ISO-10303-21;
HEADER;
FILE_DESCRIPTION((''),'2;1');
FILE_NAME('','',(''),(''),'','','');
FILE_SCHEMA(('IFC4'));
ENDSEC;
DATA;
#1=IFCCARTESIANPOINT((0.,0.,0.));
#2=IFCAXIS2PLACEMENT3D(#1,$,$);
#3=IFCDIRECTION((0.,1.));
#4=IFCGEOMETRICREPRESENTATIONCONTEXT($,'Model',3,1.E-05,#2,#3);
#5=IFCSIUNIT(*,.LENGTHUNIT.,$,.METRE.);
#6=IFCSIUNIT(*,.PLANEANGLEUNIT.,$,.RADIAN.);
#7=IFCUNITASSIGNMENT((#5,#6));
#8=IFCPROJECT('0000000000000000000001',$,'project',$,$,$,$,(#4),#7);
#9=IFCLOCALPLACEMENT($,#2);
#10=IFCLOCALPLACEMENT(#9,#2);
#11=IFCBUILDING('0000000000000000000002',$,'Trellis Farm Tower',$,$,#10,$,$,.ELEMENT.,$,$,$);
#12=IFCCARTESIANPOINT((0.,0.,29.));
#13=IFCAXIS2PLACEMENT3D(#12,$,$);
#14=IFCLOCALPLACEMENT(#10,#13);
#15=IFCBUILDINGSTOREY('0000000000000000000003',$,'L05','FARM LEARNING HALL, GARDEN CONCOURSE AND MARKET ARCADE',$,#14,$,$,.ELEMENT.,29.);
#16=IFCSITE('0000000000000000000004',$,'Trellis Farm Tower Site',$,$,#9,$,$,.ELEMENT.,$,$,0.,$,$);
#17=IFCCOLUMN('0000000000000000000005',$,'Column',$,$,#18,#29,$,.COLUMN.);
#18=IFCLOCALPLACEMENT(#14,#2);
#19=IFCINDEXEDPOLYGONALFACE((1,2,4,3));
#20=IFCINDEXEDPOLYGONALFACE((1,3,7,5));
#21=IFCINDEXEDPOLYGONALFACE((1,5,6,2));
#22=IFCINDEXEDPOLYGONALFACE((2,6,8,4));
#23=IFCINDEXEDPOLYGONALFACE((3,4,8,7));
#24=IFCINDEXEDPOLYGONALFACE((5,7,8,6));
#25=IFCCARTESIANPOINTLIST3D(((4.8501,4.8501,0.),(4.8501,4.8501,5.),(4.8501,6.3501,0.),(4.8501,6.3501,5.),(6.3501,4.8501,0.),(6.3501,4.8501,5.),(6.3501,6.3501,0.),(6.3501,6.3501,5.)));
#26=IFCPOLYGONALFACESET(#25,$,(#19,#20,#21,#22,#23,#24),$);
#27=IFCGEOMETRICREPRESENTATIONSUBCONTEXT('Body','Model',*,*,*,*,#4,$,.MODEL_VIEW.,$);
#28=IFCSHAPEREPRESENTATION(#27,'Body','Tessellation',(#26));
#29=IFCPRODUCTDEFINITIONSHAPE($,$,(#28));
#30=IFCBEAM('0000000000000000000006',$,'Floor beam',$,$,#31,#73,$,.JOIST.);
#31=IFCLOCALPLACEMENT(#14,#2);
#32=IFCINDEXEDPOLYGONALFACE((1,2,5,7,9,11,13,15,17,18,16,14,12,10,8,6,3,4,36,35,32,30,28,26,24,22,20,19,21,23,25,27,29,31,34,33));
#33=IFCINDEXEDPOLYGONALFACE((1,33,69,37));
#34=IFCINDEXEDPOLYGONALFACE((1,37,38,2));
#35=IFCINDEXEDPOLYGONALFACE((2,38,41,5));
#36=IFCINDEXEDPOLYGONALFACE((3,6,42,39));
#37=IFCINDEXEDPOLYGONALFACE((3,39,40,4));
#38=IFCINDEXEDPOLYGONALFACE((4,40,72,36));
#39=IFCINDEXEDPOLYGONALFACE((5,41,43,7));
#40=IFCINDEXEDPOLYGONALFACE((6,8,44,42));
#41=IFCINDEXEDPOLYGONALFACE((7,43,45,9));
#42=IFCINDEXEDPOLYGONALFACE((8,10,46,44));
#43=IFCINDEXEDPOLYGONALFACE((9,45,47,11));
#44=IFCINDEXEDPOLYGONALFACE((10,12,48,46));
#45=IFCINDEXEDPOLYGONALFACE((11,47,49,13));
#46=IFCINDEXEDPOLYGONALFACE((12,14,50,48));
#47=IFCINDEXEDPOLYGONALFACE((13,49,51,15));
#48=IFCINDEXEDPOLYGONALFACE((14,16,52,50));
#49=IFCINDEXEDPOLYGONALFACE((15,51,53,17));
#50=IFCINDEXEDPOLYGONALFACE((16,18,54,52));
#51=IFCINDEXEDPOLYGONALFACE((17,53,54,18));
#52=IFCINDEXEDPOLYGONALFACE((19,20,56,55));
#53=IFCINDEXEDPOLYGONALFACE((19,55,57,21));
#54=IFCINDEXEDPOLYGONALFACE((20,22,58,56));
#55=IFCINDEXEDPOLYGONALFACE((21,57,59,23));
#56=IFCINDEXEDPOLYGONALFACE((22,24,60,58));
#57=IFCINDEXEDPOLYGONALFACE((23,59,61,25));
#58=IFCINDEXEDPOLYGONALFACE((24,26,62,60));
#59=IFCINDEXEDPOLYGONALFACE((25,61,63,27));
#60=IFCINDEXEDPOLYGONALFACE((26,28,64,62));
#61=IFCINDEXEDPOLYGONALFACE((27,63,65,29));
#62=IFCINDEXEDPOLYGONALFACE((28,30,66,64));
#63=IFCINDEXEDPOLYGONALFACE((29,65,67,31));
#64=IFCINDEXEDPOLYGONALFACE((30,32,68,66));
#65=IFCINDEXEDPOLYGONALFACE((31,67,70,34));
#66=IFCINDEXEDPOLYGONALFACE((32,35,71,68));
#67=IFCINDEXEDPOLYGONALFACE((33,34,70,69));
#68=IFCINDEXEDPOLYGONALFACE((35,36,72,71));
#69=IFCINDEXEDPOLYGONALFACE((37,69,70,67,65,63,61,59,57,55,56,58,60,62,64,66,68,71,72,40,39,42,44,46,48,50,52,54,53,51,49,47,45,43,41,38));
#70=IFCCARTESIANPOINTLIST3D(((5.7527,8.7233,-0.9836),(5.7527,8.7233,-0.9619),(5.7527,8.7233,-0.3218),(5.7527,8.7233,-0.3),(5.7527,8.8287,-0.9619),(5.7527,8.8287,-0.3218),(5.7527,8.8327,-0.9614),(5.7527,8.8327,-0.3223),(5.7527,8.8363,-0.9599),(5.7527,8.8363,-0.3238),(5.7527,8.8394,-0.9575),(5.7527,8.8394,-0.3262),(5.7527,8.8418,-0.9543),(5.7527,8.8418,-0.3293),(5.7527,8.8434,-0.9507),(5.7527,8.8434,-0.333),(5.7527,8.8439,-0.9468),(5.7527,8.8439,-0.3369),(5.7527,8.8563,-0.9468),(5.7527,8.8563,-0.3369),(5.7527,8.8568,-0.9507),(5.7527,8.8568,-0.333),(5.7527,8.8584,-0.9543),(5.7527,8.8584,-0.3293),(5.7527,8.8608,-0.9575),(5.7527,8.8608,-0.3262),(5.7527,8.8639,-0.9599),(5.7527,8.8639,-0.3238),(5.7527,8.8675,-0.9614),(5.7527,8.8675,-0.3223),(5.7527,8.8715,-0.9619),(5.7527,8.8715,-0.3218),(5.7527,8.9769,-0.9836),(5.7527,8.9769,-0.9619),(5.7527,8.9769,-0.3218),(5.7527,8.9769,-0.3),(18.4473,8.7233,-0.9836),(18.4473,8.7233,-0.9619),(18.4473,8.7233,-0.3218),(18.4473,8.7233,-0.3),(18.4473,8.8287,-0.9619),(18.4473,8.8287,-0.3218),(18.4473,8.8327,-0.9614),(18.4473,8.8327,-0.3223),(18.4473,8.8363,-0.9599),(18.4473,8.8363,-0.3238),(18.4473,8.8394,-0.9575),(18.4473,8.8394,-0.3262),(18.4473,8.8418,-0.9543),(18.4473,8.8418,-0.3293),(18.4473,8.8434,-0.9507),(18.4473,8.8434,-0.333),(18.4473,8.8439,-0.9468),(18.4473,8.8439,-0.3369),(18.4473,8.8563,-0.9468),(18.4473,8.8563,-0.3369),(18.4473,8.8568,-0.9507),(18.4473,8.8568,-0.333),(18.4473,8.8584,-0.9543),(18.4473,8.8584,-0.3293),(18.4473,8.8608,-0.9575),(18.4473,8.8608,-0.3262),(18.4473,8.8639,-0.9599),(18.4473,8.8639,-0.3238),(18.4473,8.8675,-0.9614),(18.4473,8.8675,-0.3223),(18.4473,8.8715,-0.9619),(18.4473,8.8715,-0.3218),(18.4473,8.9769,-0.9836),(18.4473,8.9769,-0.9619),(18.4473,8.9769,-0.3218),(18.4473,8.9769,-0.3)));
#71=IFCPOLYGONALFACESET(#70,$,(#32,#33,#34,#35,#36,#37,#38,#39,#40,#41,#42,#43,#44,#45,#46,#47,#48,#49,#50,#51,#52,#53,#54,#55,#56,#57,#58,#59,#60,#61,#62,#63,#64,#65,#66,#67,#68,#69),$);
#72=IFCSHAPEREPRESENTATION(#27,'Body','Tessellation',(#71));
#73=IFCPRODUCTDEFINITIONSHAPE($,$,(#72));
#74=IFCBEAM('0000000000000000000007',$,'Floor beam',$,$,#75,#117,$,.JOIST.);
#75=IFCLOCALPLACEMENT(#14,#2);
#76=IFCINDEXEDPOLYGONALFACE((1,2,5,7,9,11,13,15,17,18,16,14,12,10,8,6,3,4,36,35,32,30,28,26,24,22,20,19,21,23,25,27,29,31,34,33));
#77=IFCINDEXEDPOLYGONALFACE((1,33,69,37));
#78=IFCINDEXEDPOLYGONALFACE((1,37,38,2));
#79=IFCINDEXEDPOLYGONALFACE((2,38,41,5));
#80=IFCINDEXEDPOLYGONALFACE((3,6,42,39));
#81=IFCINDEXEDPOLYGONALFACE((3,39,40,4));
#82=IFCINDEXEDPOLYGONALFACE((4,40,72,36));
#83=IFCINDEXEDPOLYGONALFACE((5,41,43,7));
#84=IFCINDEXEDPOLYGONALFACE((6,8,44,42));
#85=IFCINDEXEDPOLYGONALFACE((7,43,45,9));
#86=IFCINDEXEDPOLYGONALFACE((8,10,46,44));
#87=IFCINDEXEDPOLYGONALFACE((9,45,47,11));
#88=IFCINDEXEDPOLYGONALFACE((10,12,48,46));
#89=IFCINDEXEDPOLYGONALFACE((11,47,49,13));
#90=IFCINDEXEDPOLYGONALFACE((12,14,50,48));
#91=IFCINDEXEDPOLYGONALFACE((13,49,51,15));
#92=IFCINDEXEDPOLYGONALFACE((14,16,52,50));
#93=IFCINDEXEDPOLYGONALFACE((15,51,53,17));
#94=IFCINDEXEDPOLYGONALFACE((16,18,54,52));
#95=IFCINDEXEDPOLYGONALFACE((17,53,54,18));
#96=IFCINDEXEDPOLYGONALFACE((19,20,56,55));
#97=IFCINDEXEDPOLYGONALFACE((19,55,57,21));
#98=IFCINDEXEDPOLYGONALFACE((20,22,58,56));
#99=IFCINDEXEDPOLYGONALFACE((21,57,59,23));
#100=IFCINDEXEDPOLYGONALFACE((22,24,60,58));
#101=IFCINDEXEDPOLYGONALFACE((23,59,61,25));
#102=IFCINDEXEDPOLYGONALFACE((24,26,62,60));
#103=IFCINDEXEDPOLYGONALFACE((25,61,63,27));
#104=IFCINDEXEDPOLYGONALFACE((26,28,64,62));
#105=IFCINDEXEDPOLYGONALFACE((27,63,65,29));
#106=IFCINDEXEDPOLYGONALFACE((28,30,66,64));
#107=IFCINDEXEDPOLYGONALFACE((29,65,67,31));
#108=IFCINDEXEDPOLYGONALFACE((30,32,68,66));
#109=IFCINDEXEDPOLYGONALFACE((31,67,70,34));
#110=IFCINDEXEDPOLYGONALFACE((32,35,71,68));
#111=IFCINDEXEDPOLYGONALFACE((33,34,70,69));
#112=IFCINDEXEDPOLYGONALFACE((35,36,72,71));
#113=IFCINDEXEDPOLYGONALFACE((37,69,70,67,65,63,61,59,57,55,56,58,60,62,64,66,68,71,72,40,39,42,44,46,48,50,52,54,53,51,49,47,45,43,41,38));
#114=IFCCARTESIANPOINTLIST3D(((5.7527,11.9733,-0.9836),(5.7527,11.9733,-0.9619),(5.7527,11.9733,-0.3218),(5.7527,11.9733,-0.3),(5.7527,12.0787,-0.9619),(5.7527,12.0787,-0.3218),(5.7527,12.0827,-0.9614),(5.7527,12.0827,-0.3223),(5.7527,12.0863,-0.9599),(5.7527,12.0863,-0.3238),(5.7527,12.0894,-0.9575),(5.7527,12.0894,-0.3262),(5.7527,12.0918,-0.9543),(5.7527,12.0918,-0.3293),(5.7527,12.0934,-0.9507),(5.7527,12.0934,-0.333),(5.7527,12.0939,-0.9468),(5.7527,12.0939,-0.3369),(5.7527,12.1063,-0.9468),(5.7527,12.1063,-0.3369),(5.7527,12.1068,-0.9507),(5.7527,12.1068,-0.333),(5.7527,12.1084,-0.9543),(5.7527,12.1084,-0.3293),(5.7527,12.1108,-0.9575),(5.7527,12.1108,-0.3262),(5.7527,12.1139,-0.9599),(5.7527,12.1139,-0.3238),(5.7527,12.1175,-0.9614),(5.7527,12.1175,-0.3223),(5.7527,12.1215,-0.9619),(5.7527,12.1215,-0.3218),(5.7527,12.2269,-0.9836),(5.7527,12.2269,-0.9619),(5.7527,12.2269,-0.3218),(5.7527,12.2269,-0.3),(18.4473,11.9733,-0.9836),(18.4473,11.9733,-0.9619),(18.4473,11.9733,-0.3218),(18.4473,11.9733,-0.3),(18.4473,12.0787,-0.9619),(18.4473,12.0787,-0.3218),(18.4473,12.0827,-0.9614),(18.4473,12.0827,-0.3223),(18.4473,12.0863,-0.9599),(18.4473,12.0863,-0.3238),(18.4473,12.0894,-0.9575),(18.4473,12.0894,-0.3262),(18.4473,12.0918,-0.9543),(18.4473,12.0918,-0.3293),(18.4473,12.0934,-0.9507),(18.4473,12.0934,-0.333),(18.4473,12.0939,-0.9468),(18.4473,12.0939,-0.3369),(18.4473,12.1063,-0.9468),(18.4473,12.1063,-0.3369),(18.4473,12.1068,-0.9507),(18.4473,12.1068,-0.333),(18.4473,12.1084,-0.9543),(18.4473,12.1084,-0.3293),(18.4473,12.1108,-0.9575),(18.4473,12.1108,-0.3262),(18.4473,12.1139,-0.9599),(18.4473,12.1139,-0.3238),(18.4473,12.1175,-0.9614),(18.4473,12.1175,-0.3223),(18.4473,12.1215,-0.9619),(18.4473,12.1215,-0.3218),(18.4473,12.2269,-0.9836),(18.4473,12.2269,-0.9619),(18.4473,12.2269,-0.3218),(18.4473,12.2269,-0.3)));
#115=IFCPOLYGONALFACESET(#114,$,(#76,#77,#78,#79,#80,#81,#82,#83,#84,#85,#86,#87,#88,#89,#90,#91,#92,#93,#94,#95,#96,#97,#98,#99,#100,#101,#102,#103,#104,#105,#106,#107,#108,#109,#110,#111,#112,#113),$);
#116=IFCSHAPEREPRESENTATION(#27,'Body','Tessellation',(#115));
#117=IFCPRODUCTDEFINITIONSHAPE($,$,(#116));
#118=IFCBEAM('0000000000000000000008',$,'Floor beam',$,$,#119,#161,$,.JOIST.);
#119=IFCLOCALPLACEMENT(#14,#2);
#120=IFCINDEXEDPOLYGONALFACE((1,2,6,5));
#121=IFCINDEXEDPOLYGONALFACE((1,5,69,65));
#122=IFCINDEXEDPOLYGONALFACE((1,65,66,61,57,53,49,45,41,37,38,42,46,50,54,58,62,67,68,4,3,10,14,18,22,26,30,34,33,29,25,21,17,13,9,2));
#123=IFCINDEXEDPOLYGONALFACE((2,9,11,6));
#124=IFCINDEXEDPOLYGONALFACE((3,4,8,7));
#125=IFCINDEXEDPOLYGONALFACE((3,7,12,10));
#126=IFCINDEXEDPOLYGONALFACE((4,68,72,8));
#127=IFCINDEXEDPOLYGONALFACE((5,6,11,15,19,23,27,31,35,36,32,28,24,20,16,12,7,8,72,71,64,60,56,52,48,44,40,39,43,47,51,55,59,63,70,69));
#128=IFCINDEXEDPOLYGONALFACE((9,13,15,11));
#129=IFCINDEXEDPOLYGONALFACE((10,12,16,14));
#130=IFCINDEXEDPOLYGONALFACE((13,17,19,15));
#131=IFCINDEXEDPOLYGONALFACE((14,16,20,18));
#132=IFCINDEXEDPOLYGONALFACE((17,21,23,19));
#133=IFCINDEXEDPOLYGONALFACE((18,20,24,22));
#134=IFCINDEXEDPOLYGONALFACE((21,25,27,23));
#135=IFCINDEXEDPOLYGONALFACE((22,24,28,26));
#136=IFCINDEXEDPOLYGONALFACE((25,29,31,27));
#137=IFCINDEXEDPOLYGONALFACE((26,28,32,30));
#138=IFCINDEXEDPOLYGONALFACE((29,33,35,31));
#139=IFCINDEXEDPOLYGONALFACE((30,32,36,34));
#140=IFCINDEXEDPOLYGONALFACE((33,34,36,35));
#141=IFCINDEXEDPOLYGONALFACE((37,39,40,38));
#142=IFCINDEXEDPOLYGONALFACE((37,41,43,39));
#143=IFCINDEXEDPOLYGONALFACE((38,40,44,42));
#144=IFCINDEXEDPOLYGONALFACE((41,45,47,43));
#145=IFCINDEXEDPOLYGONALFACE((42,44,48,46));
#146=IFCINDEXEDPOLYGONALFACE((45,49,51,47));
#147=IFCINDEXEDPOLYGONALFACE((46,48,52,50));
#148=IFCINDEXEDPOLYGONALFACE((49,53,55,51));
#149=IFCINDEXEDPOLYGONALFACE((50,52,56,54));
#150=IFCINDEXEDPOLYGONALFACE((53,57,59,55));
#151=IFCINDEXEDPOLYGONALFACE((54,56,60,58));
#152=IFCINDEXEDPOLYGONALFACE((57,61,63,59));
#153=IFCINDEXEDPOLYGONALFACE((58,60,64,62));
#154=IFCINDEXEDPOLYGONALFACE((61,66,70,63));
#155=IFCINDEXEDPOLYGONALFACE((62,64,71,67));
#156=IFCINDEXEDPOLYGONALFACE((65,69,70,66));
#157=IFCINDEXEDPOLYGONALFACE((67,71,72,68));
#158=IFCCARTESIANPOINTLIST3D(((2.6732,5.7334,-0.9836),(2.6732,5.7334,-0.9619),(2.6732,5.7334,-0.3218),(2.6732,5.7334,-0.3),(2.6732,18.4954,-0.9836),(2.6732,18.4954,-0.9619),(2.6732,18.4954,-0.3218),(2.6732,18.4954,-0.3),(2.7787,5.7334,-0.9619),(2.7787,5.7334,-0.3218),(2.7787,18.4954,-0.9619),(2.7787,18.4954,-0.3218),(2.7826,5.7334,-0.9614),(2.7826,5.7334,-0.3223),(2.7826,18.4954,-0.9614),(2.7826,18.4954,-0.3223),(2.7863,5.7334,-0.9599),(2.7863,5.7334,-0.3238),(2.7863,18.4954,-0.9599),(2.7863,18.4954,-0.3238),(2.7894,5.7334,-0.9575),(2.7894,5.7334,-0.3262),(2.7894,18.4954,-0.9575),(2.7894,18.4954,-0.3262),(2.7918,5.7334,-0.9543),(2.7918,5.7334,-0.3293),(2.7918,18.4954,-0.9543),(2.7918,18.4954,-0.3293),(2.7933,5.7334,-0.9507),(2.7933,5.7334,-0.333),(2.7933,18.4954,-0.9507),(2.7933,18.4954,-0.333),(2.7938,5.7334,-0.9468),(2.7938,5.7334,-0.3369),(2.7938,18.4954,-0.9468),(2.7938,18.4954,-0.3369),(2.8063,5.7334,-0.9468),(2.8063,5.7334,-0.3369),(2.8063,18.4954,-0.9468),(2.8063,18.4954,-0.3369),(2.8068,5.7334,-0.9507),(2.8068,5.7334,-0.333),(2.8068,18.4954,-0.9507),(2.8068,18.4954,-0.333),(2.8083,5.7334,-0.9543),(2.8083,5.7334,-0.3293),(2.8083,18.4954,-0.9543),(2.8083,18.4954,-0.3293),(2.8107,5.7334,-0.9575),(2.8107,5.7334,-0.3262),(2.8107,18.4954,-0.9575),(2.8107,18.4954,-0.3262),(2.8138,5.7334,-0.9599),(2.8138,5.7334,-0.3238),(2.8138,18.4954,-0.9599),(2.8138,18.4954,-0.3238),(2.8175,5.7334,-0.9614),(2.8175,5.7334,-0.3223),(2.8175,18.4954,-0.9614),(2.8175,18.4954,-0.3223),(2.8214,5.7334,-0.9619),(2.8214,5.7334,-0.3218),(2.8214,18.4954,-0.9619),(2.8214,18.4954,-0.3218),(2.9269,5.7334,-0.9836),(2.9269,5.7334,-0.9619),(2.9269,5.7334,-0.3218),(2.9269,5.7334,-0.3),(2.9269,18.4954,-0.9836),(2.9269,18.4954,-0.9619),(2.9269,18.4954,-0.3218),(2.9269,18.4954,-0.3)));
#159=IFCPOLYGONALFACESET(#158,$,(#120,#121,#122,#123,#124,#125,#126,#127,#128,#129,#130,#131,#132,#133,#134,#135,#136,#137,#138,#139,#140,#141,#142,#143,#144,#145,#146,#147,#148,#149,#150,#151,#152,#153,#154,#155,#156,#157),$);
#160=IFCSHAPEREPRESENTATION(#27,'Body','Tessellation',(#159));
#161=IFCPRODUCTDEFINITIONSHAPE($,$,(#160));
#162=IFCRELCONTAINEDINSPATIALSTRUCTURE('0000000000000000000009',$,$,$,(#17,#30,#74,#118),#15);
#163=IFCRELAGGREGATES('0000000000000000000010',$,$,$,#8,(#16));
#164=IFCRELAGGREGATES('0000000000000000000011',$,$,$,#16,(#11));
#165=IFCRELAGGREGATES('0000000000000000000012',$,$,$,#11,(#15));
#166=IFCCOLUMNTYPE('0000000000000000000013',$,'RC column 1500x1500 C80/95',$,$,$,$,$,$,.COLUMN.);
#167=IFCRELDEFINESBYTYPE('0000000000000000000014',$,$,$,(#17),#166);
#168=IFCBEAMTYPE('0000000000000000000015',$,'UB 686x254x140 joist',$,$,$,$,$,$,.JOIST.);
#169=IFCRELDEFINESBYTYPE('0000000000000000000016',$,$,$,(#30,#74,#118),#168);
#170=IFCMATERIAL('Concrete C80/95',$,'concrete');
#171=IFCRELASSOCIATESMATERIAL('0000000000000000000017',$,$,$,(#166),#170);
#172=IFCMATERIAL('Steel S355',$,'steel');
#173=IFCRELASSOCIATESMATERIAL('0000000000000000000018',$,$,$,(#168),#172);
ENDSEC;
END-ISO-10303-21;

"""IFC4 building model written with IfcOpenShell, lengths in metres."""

from ifc_helpers import new_model, si_unit, direction, frame, origin, origin_2d, place, context, subcontext, project, spatial, rectangle, i_section, extrude, source, transform, mapped, material, material_profile, profile_set, type_object, element, save


model = new_model("IFC4")

# Units and contexts
model_context = context("Model", 3, precision=1e-05, world=origin(), true_north=direction((0.0, 1.0)))
body_context = subcontext(model_context, "Body", "Model", "MODEL_VIEW")
ifc_project = project(units=[si_unit("LENGTHUNIT", "METRE"), si_unit("PLANEANGLEUNIT", "RADIAN")], contexts=[model_context])

# Site, building, storey
site_placement = place(None, origin())
site = spatial("IfcSite", under=ifc_project, at=site_placement, Name="Trellis Farm Tower Site", CompositionType="ELEMENT", RefElevation=0.0)
building_placement = place(site_placement, origin())
building = spatial("IfcBuilding", under=site, at=building_placement, Name="Trellis Farm Tower", CompositionType="ELEMENT")
storey_placement = place(building_placement, frame((0.0, 0.0, 29.0)))
storey = spatial("IfcBuildingStorey", under=building, at=storey_placement, Name="L05", Description="FARM LEARNING HALL, GARDEN CONCOURSE AND MARKET ARCADE", CompositionType="ELEMENT", Elevation=29.0)

# Column
ifc_material_1 = material(Name="Concrete C80/95", Category="concrete")
ifc_material_profile_1 = material_profile(ifc_material_1, rectangle(XDim=1.5, YDim=1.5, at=origin_2d()), Name="RC column 1500x1500 C80/95")
ifc_profile_set_1 = profile_set([ifc_material_profile_1], Name="Concrete C80/95")
column_type = type_object("IfcColumnType", Name="RC column 1500x1500 C80/95", PredefinedType="COLUMN", material=ifc_profile_set_1)
shared_shape_1 = source(origin(), body_context, "Body", "SweptSolid", [
    extrude(rectangle(XDim=1.5, YDim=1.5, at=origin_2d()), origin(), (0.0, 0.0, 1.0), 5.0),
])
column_placement = place(storey_placement, frame((5.6001, 5.6001, 0.0), z_axis=(0.0, 0.0, 1.0), x_axis=(1.0, 0.0, 0.0)))
element("IfcColumn", 1, at=column_placement, inside=storey, type_object=column_type, Name="Column", PredefinedType="COLUMN", context=body_context, shape_type="MappedRepresentation", body=[
    mapped(shared_shape_1, transform((0.0, 0.0, 0.0))),
])

# Beams
ifc_material_2 = material(Name="Steel S355", Category="steel")
ifc_material_profile_2 = material_profile(ifc_material_2, i_section(OverallWidth=0.2537, OverallDepth=0.6836, WebThickness=0.0125, FlangeThickness=0.0217, FilletRadius=0.0151, at=origin_2d()), Name="UB 686x254x140")
ifc_profile_set_2 = profile_set([ifc_material_profile_2], Name="Steel S355")
beam_type_1 = type_object("IfcBeamType", Name="UB 686x254x140 joist", PredefinedType="JOIST", material=ifc_profile_set_2)
shared_shape_2 = source(origin(), body_context, "Body", "SweptSolid", [
    extrude(i_section(OverallWidth=0.2537, OverallDepth=0.6836, WebThickness=0.0125, FlangeThickness=0.0217, FilletRadius=0.0151, at=origin_2d()), origin(), (0.0, 0.0, 1.0), 12.6946),
])
for number, where, z_axis, x_axis, name in (
    (2, (5.7527, 8.8501, -0.6418), (1.0, 0.0, 0.0), (0.0, 1.0, 0.0), "Floor beam"),
    (3, (5.7527, 12.1001, -0.6418), (1.0, 0.0, 0.0), (0.0, 1.0, 0.0), "Floor beam"),
):
    element("IfcBeam", number, at=place(storey_placement, frame(where, z_axis=z_axis, x_axis=x_axis)), inside=storey, type_object=beam_type_1, Name=name, PredefinedType="JOIST", context=body_context, shape_type="MappedRepresentation", body=[
        mapped(shared_shape_2, transform((0.0, 0.0, 0.0))),
    ])
shared_shape_3 = source(origin(), body_context, "Body", "SweptSolid", [
    extrude(i_section(OverallWidth=0.2537, OverallDepth=0.6836, WebThickness=0.0125, FlangeThickness=0.0217, FilletRadius=0.0151, at=origin_2d()), origin(), (0.0, 0.0, 1.0), 12.762),
])
beam_placement = place(storey_placement, frame((2.8, 5.7334, -0.6418), z_axis=(0.0, 1.0, 0.0), x_axis=(-1.0, 0.0, 0.0)))
element("IfcBeam", 4, at=beam_placement, inside=storey, type_object=beam_type_1, Name="Floor beam", PredefinedType="JOIST", context=body_context, shape_type="MappedRepresentation", body=[
    mapped(shared_shape_3, transform((0.0, 0.0, 0.0))),
])

save(model, "model.ifc")
